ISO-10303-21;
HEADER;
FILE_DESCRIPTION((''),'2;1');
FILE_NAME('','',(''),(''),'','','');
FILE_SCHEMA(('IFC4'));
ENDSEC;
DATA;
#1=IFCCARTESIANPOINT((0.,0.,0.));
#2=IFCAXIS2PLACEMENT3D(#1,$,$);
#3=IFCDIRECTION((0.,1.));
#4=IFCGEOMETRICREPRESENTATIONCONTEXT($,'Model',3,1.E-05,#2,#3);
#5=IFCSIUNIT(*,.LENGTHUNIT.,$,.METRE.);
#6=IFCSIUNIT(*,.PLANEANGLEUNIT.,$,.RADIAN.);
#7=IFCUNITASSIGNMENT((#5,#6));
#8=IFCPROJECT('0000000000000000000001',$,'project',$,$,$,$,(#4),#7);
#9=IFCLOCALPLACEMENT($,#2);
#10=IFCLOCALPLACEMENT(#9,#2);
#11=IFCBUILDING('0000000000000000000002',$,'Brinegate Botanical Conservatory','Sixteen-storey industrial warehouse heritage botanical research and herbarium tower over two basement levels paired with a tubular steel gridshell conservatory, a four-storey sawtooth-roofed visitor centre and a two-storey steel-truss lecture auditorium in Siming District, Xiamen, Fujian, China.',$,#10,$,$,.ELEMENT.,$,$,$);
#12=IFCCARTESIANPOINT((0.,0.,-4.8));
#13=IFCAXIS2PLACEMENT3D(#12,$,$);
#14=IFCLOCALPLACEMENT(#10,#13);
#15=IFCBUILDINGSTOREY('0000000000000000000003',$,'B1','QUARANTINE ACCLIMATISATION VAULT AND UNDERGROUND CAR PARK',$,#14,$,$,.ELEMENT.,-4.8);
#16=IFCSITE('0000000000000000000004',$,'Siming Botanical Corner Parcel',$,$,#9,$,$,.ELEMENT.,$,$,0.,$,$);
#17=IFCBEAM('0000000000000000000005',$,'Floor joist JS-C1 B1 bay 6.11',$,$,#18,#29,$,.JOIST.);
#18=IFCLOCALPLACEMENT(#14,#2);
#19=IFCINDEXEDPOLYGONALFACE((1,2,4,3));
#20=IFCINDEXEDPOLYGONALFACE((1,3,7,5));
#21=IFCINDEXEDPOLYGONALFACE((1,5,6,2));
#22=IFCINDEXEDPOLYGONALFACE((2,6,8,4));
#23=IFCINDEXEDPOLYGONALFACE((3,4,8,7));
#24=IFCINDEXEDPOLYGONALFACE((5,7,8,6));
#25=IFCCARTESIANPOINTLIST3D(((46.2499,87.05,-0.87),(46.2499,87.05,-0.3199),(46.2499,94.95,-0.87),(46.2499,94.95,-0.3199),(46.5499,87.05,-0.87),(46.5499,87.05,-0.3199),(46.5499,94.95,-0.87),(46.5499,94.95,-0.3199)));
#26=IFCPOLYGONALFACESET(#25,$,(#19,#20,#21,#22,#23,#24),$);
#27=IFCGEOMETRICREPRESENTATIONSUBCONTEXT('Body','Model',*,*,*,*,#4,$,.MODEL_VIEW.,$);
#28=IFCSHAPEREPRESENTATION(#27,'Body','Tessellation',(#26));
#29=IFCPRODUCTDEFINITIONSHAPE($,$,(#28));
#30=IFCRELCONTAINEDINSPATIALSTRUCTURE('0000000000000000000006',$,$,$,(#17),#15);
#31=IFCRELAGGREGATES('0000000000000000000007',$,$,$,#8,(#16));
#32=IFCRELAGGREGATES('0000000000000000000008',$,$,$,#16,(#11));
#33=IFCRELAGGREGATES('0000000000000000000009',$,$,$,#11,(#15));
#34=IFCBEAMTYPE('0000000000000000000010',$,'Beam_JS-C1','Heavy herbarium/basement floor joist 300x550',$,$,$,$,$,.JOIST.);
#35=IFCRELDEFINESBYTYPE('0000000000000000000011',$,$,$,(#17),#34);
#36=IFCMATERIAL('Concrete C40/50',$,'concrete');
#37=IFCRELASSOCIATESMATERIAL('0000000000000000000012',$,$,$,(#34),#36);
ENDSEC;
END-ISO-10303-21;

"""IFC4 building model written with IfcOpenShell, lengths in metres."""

from ifc_helpers import new_model, si_unit, direction, frame, origin, origin_2d, place, context, subcontext, project, spatial, rectangle, extrude, material, material_profile, profile_set, type_object, element, save


model = new_model("IFC4")

# Units and contexts
model_context = context("Model", 3, precision=1e-05, world=origin(), true_north=direction((0.0, 1.0)))
body_context = subcontext(model_context, "Body", "Model", "MODEL_VIEW")
ifc_project = project(units=[si_unit("LENGTHUNIT", "METRE"), si_unit("PLANEANGLEUNIT", "RADIAN")], contexts=[model_context])

# Site, building, storey
site_placement = place(None, origin())
site = spatial("IfcSite", under=ifc_project, at=site_placement, Name="Siming Botanical Corner Parcel", CompositionType="ELEMENT", RefElevation=0.0)
building_placement = place(site_placement, origin())
building = spatial("IfcBuilding", under=site, at=building_placement, Name="Brinegate Botanical Conservatory", Description="Sixteen-storey industrial warehouse heritage botanical research and herbarium tower over two basement levels paired with a tubular steel gridshell conservatory, a four-storey sawtooth-roofed visitor centre and a two-storey steel-truss lecture auditorium in Siming District, Xiamen, Fujian, China.", CompositionType="ELEMENT")
storey_placement = place(building_placement, frame((0.0, 0.0, -4.8)))
storey = spatial("IfcBuildingStorey", under=building, at=storey_placement, Name="B1", Description="QUARANTINE ACCLIMATISATION VAULT AND UNDERGROUND CAR PARK", CompositionType="ELEMENT", Elevation=-4.8)

# Shared definitions
ifc_material_1 = material(Name="Concrete C40/50", Category="concrete")

# Beam
ifc_material_profile_1 = material_profile(ifc_material_1, rectangle(XDim=0.3, YDim=0.55, at=origin_2d()), Name="RC JST 300x550")
ifc_profile_set_1 = profile_set([ifc_material_profile_1], Name="Concrete C40/50")
beam_type_1 = type_object("IfcBeamType", Name="Beam_JS-C1", Description="Heavy herbarium/basement floor joist 300x550", PredefinedType="JOIST", material=ifc_profile_set_1)
for number, where, z_axis, x_axis, name in (
    (1, (46.3999, 87.05, -0.595), (0.0, 1.0, 0.0), (-1.0, 0.0, 0.0), "Floor joist JS-C1 B1 bay 6.11"),
):
    element("IfcBeam", number, at=place(storey_placement, frame(where, z_axis=z_axis, x_axis=x_axis)), inside=storey, type_object=beam_type_1, Name=name, PredefinedType="JOIST", context=body_context, shape_type="SweptSolid", body=[
        extrude(rectangle(XDim=0.3, YDim=0.55, at=origin_2d()), origin(), (0.0, 0.0, 1.0), 7.8999),
    ])

save(model, "model.ifc")
